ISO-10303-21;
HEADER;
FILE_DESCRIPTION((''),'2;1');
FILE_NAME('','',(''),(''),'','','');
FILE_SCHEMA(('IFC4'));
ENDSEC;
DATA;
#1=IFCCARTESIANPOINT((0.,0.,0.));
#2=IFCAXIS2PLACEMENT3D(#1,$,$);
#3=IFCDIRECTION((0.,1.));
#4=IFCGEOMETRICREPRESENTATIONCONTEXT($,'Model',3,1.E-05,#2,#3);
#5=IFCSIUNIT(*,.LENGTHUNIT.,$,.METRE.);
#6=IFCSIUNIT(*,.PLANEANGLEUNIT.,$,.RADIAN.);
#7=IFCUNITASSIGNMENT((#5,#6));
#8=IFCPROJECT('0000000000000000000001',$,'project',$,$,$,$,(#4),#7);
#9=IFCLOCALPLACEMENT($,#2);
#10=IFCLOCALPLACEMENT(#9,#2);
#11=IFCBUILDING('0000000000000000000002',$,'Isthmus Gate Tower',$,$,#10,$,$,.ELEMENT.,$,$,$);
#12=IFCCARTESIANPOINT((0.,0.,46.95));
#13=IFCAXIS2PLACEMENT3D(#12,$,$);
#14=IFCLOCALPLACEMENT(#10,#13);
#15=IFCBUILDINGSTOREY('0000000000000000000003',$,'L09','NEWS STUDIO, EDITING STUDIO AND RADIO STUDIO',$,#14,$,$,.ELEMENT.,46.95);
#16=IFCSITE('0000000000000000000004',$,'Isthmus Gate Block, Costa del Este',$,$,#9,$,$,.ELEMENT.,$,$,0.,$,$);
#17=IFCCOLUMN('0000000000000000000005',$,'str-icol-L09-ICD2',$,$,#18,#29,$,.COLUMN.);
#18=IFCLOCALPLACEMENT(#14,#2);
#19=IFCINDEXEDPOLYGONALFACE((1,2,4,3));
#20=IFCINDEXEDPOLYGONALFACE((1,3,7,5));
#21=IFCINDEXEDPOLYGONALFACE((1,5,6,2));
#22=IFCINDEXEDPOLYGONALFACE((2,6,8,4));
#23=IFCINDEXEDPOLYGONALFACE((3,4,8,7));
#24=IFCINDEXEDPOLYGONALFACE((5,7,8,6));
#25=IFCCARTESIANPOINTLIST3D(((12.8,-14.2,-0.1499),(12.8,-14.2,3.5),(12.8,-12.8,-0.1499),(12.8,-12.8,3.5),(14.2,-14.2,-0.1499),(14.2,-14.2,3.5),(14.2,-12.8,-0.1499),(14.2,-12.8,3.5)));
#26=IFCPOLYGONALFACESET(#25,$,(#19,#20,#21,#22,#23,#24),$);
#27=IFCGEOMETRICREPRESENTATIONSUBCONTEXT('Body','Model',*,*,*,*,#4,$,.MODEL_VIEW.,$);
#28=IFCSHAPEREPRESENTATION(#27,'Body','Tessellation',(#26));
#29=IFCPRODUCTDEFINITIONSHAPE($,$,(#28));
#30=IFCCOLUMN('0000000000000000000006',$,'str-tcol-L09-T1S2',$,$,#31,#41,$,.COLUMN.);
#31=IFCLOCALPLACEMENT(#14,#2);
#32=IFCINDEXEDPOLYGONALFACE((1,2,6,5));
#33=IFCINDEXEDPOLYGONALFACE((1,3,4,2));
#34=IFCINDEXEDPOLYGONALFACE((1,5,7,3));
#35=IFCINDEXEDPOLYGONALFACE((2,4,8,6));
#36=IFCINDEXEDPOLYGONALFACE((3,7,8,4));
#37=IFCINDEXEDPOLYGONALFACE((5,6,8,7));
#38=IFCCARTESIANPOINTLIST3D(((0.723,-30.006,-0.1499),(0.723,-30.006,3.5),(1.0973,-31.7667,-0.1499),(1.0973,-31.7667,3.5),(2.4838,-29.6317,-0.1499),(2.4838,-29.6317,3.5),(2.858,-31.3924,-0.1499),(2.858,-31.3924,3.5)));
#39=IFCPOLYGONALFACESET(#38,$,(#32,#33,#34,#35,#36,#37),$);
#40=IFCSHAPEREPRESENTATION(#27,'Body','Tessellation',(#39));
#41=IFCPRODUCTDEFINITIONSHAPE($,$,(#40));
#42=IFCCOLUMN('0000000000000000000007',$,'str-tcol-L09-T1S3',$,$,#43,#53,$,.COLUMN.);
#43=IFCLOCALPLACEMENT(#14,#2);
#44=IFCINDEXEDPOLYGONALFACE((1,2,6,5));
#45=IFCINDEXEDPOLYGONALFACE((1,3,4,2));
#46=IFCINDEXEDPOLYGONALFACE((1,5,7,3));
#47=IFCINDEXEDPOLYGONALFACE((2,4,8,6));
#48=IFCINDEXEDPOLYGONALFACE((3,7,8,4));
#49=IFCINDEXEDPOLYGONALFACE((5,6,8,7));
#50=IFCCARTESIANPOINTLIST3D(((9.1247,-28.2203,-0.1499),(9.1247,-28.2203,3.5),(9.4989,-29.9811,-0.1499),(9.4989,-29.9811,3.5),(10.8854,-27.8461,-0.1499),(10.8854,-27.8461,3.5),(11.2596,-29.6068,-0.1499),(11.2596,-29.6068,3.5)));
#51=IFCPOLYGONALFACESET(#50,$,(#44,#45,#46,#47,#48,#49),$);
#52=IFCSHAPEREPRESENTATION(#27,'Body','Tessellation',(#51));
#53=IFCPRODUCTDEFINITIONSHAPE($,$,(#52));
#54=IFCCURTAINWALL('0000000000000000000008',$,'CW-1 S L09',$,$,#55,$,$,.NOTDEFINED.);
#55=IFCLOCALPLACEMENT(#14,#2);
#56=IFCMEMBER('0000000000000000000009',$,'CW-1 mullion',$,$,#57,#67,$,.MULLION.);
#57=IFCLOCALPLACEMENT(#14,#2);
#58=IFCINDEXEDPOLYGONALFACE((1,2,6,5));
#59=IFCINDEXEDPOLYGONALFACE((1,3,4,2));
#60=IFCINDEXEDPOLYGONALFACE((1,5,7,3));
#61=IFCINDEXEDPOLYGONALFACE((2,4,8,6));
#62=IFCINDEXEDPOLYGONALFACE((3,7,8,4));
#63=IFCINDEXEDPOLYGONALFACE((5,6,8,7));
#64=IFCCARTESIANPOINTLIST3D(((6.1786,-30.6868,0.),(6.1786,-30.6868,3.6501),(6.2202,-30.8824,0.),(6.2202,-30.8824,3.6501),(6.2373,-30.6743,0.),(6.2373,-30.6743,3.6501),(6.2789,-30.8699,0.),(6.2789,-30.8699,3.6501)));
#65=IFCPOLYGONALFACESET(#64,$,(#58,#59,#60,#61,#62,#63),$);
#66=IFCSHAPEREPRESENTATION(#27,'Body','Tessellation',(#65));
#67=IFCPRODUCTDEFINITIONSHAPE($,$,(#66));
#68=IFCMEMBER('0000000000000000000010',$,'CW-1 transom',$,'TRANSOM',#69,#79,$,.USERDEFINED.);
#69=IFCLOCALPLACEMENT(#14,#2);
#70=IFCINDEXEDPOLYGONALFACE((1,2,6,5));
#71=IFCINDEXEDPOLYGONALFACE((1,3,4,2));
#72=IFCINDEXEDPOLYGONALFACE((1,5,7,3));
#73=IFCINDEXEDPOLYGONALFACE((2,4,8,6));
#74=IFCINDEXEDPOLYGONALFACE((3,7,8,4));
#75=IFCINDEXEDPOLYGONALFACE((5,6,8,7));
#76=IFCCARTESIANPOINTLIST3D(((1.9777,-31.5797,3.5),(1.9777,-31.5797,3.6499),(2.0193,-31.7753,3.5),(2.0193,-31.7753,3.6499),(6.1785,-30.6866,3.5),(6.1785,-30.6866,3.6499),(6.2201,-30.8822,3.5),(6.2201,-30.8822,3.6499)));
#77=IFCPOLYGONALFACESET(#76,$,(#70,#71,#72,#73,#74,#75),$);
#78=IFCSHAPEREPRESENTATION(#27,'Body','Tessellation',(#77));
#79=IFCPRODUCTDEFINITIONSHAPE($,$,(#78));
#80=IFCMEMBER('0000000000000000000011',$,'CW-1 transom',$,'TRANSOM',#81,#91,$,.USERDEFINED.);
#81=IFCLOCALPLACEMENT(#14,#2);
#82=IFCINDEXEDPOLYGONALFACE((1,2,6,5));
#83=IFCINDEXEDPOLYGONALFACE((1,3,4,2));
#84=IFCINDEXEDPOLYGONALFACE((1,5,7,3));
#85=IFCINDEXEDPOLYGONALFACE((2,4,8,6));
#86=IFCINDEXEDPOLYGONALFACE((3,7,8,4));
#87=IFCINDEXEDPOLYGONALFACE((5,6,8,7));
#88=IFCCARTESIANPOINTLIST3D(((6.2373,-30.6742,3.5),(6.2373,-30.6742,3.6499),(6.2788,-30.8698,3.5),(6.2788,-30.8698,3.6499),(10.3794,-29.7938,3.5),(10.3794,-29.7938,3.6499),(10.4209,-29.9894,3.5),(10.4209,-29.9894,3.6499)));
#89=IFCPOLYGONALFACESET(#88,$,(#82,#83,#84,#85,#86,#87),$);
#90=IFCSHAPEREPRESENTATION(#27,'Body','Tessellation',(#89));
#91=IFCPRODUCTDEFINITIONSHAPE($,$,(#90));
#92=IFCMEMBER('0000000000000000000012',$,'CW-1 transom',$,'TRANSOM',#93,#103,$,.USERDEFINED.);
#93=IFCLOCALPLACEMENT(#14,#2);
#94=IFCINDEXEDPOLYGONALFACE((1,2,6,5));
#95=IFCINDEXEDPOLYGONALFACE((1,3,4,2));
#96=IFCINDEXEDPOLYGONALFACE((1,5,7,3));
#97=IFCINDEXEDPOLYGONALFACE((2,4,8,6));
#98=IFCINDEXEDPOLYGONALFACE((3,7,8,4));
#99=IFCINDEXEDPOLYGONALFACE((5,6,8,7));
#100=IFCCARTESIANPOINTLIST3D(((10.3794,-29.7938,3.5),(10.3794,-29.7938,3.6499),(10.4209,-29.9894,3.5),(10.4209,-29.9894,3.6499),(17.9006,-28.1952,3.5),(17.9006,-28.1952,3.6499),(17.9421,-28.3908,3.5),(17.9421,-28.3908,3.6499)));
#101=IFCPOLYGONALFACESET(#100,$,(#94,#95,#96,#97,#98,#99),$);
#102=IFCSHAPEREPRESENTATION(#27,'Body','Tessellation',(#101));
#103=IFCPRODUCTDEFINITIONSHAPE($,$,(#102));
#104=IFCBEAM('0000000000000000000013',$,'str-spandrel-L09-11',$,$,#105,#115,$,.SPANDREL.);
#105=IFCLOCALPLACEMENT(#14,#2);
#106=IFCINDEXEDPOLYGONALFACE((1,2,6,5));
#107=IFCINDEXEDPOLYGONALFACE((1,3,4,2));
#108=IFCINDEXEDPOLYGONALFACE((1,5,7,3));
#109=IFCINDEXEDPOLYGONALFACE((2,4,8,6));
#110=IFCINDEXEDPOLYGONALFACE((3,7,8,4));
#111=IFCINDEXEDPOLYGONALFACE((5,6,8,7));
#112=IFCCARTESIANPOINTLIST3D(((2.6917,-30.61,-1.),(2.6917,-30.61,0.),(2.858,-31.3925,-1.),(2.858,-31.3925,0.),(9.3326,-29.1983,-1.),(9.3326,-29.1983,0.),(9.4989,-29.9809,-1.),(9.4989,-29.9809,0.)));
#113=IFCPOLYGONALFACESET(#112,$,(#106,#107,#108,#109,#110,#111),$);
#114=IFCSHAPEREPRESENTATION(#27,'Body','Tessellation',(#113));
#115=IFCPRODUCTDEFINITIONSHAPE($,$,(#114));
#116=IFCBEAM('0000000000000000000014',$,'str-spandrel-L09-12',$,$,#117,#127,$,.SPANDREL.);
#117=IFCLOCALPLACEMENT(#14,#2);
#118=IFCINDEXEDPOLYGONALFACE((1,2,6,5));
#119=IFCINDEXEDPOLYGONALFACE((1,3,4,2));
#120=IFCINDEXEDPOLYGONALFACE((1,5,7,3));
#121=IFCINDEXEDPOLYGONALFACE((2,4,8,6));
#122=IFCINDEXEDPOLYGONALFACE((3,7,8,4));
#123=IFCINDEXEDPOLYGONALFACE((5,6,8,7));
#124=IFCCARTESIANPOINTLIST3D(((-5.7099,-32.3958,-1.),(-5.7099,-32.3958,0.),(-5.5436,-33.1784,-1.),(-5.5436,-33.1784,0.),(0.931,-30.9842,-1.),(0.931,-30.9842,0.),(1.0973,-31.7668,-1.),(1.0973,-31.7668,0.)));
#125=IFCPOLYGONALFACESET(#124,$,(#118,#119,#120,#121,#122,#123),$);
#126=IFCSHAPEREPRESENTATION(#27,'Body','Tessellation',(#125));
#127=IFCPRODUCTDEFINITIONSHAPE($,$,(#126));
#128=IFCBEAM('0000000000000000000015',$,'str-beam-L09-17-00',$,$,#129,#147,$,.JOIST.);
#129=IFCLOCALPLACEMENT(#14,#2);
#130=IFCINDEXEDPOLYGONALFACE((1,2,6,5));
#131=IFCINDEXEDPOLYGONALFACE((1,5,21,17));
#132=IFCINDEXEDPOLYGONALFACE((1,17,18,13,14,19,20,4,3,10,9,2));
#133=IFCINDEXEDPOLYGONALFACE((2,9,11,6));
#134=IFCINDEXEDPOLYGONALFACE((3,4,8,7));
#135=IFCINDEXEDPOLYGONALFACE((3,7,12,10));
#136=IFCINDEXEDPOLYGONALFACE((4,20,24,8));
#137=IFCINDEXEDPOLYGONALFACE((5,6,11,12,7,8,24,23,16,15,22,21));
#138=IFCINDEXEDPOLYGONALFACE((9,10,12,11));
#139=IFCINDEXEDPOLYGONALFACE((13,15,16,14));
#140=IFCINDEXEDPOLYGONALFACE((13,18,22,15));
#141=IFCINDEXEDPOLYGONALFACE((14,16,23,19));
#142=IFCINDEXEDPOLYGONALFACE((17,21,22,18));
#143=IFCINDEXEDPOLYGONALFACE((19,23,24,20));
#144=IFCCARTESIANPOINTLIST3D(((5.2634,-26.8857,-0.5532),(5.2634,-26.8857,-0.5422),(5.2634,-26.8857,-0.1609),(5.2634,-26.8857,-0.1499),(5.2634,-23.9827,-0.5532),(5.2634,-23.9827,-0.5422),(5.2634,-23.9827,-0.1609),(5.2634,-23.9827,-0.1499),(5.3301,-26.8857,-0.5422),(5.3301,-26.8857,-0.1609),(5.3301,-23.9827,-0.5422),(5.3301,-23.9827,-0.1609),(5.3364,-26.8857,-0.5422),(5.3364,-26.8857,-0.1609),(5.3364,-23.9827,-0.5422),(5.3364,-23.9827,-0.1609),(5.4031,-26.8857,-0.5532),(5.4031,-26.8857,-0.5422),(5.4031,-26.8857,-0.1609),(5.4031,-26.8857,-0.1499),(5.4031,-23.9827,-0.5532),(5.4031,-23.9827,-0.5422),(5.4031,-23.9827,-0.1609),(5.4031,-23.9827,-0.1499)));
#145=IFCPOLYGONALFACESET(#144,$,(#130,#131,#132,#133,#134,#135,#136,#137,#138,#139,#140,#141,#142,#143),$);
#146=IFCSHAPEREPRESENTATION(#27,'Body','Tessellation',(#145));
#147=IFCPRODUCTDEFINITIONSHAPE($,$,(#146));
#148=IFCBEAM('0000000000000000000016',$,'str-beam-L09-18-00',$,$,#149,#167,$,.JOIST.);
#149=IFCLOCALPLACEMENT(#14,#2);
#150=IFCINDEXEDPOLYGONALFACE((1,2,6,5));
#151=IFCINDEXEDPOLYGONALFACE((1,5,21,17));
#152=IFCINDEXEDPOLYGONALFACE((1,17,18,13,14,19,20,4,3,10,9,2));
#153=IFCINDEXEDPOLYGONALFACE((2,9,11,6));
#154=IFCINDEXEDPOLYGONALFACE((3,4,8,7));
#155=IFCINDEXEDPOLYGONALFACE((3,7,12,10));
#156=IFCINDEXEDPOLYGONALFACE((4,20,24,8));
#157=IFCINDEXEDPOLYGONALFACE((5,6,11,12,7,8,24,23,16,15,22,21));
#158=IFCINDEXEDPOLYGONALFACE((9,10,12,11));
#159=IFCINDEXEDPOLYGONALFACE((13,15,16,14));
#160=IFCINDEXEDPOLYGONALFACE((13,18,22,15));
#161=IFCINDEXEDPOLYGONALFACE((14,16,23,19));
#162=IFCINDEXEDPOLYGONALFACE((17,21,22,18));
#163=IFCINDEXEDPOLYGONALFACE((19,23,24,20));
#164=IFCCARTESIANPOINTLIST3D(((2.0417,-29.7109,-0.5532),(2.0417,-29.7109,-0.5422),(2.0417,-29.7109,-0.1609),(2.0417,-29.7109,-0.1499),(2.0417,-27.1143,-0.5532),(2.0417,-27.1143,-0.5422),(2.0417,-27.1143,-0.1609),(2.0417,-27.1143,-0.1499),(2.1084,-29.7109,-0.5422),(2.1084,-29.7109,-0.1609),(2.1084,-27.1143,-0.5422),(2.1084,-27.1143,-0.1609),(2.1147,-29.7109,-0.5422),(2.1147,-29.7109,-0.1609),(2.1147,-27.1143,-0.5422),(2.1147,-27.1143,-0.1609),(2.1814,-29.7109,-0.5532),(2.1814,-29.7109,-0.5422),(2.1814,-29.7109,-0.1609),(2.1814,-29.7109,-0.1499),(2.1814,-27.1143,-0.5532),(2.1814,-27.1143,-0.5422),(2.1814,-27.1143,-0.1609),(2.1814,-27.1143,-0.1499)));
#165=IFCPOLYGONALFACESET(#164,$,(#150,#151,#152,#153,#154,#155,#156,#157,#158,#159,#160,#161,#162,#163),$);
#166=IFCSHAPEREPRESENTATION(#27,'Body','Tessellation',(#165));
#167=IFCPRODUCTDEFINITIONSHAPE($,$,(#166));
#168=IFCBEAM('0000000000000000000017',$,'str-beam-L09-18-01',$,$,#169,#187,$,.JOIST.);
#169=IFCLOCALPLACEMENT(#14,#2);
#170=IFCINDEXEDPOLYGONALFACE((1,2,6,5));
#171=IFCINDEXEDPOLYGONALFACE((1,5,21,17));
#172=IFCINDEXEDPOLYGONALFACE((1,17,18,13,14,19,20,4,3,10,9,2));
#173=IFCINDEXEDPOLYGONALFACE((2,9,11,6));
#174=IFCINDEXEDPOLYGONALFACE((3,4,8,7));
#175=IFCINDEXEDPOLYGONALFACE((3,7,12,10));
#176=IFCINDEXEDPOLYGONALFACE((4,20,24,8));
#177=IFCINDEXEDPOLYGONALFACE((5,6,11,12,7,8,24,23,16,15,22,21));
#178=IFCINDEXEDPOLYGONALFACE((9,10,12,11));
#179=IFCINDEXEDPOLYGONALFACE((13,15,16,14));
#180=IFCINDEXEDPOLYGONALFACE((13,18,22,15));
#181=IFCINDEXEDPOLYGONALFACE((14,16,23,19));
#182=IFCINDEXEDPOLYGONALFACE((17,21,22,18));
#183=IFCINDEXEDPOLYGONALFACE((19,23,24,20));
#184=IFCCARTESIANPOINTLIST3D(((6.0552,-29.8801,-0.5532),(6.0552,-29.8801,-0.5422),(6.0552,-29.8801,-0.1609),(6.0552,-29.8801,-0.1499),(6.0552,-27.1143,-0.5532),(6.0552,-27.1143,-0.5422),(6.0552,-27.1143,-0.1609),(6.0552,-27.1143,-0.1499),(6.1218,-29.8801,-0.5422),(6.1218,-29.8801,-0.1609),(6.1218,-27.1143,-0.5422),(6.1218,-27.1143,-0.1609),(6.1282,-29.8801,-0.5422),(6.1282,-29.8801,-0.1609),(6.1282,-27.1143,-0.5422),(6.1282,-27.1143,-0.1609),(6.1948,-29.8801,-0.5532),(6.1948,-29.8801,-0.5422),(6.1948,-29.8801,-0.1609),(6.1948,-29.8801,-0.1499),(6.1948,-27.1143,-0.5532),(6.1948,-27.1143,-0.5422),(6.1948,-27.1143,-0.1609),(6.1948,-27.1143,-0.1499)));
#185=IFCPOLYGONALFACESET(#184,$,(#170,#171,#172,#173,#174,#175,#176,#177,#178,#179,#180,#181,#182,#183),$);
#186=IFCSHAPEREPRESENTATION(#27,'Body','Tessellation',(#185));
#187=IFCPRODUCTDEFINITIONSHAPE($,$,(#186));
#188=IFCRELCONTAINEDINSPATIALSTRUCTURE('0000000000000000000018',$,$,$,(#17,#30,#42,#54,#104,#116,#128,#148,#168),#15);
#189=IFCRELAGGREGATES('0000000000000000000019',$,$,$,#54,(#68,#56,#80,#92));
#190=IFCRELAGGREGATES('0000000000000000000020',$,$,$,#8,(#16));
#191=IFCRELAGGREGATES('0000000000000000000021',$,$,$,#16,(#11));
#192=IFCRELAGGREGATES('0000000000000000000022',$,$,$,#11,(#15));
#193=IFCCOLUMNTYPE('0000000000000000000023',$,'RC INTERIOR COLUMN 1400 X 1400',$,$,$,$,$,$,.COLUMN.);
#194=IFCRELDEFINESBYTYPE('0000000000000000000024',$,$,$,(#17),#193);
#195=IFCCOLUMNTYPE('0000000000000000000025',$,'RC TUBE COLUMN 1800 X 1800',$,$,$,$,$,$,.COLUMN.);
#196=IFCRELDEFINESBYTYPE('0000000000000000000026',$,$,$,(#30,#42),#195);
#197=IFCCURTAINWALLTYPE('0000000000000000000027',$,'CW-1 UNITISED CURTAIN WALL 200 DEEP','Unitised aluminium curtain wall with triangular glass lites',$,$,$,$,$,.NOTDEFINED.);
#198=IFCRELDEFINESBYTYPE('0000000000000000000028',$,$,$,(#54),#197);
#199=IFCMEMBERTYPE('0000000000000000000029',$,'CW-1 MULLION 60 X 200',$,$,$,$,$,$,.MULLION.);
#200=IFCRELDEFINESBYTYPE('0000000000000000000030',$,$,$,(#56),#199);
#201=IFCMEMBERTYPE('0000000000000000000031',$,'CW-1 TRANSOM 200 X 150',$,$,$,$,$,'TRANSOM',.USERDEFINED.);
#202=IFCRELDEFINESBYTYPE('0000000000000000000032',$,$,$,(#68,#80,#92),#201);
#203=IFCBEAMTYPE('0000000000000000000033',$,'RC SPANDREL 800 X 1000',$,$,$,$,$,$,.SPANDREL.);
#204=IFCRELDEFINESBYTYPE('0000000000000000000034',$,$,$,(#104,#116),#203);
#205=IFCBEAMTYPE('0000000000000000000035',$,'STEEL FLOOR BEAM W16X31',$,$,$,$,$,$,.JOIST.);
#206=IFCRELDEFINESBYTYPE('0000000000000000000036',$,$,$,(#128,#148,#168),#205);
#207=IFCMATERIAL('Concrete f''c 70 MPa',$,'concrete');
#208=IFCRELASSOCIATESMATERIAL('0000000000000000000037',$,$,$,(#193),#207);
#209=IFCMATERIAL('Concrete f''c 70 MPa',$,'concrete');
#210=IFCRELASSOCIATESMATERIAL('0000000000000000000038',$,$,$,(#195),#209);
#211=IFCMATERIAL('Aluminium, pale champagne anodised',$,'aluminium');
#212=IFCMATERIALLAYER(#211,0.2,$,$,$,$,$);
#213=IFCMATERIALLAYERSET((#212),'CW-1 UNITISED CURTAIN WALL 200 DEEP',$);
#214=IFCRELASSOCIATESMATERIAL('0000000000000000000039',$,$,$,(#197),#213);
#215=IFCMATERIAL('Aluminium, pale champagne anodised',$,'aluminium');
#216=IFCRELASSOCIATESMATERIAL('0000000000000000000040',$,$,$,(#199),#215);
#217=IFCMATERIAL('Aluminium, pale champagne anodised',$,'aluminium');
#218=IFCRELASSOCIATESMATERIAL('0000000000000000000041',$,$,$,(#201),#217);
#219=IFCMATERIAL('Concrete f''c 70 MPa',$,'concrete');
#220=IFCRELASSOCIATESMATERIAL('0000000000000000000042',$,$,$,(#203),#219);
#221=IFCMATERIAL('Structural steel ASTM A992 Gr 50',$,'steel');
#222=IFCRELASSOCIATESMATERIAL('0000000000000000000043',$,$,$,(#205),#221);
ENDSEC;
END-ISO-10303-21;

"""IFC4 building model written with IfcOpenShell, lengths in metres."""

from ifc_helpers import new_model, si_unit, direction, frame, origin, origin_2d, place, context, subcontext, project, spatial, rectangle, i_section, extrude, material, layer, layer_set, material_profile, profile_set, type_object, element, aggregate, save


model = new_model("IFC4")

# Units and contexts
model_context = context("Model", 3, precision=1e-05, world=origin(), true_north=direction((0.0, 1.0)))
body_context = subcontext(model_context, "Body", "Model", "MODEL_VIEW")
ifc_project = project(units=[si_unit("LENGTHUNIT", "METRE"), si_unit("PLANEANGLEUNIT", "RADIAN")], contexts=[model_context])

# Site, building, storey
site_placement = place(None, origin())
site = spatial("IfcSite", under=ifc_project, at=site_placement, Name="Isthmus Gate Block, Costa del Este", CompositionType="ELEMENT", RefElevation=0.0)
building_placement = place(site_placement, origin())
building = spatial("IfcBuilding", under=site, at=building_placement, Name="Isthmus Gate Tower", CompositionType="ELEMENT")
storey_placement = place(building_placement, frame((0.0, 0.0, 46.95)))
storey = spatial("IfcBuildingStorey", under=building, at=storey_placement, Name="L09", Description="NEWS STUDIO, EDITING STUDIO AND RADIO STUDIO", CompositionType="ELEMENT", Elevation=46.95)

# Columns
ifc_material_1 = material(Name="Concrete f'c 70 MPa", Category="concrete")
ifc_material_profile_1 = material_profile(ifc_material_1, rectangle(XDim=1.3999, YDim=1.3999, at=origin_2d()), Name="RC 1400X1400")
ifc_profile_set_1 = profile_set([ifc_material_profile_1], Name="Concrete f'c 70 MPa")
column_type_1 = type_object("IfcColumnType", Name="RC INTERIOR COLUMN 1400 X 1400", PredefinedType="COLUMN", material=ifc_profile_set_1)
column_placement = place(storey_placement, frame((13.5, -13.5, -0.1499), z_axis=(0.0, 0.0, 1.0), x_axis=(1.0, 0.0, 0.0)))
element("IfcColumn", 1, at=column_placement, inside=storey, type_object=column_type_1, Name="str-icol-L09-ICD2", PredefinedType="COLUMN", context=body_context, shape_type="SweptSolid", body=[
    extrude(rectangle(XDim=1.3999, YDim=1.3999, at=origin_2d()), origin(), (0.0, 0.0, 1.0), 3.6499),
])
ifc_material_2 = material(Name="Concrete f'c 70 MPa", Category="concrete")
ifc_material_profile_2 = material_profile(ifc_material_2, rectangle(XDim=1.8, YDim=1.8, at=origin_2d()), Name="RC 1800X1800")
ifc_profile_set_2 = profile_set([ifc_material_profile_2], Name="Concrete f'c 70 MPa")
column_type_2 = type_object("IfcColumnType", Name="RC TUBE COLUMN 1800 X 1800", PredefinedType="COLUMN", material=ifc_profile_set_2)
for number, where, z_axis, x_axis, name in (
    (2, (1.7905, -30.6992, -0.1499), (0.0, 0.0, 1.0), (0.978148, 0.207912, 0.0), "str-tcol-L09-T1S2"),
    (3, (10.1921, -28.9136, -0.1499), (0.0, 0.0, 1.0), (0.978148, 0.207912, 0.0), "str-tcol-L09-T1S3"),
):
    element("IfcColumn", number, at=place(storey_placement, frame(where, z_axis=z_axis, x_axis=x_axis)), inside=storey, type_object=column_type_2, Name=name, PredefinedType="COLUMN", context=body_context, shape_type="SweptSolid", body=[
        extrude(rectangle(XDim=1.8, YDim=1.8, at=origin_2d()), origin(), (0.0, 0.0, 1.0), 3.6499),
    ])

# Curtain wall, members
ifc_material_3 = material(Name="Aluminium, pale champagne anodised", Category="aluminium")
ifc_layer_1 = layer(ifc_material_3, 0.2)
ifc_layer_set_1 = layer_set([ifc_layer_1], Name="CW-1 UNITISED CURTAIN WALL 200 DEEP")
curtain_wall_type = type_object("IfcCurtainWallType", Name="CW-1 UNITISED CURTAIN WALL 200 DEEP", Description="Unitised aluminium curtain wall with triangular glass lites", PredefinedType="NOTDEFINED", material=ifc_layer_set_1)
curtain_wall_placement = place(storey_placement, origin())
curtain_wall = element("IfcCurtainWall", 4, at=curtain_wall_placement, inside=storey, type_object=curtain_wall_type, Name="CW-1 S L09", PredefinedType="NOTDEFINED")
ifc_material_4 = material(Name="Aluminium, pale champagne anodised", Category="aluminium")
ifc_material_profile_3 = material_profile(ifc_material_4, rectangle(XDim=0.0601, YDim=0.2, at=origin_2d()), Name="60x200")
ifc_profile_set_3 = profile_set([ifc_material_profile_3], Name="Aluminium, pale champagne anodised")
member_type_1 = type_object("IfcMemberType", Name="CW-1 MULLION 60 X 200", PredefinedType="MULLION", material=ifc_profile_set_3)
member_1_placement = place(storey_placement, frame((6.2288, -30.7783, 0.0), z_axis=(0.0, 0.0, 1.0), x_axis=(0.978148, 0.207912, 0.0)))
member_1 = element("IfcMember", 5, at=member_1_placement, type_object=member_type_1, Name="CW-1 mullion", PredefinedType="MULLION", context=body_context, shape_type="SweptSolid", body=[
    extrude(rectangle(XDim=0.0601, YDim=0.2, at=origin_2d()), origin(), (0.0, 0.0, 1.0), 3.6501),
])
ifc_material_5 = material(Name="Aluminium, pale champagne anodised", Category="aluminium")
ifc_material_profile_4 = material_profile(ifc_material_5, rectangle(XDim=0.2, YDim=0.1499, at=origin_2d()), Name="200x150")
ifc_profile_set_4 = profile_set([ifc_material_profile_4], Name="Aluminium, pale champagne anodised")
member_type_2 = type_object("IfcMemberType", Name="CW-1 TRANSOM 200 X 150", ElementType="TRANSOM", PredefinedType="USERDEFINED", material=ifc_profile_set_4)
member_2_placement = place(storey_placement, frame((1.9985, -31.6775, 3.575), z_axis=(0.978139, 0.207953, 0.0), x_axis=(-0.207953, 0.978139, 0.0)))
member_2 = element("IfcMember", 6, at=member_2_placement, type_object=member_type_2, Name="CW-1 transom", ObjectType="TRANSOM", PredefinedType="USERDEFINED", context=body_context, shape_type="SweptSolid", body=[
    extrude(rectangle(XDim=0.2, YDim=0.1499, at=origin_2d()), origin(), (0.0, 0.0, 1.0), 4.2947),
])
member_3_placement = place(storey_placement, frame((6.2581, -30.772, 3.575), z_axis=(0.97815, 0.207899, 0.0), x_axis=(-0.207899, 0.97815, 0.0)))
member_3 = element("IfcMember", 7, at=member_3_placement, type_object=member_type_2, Name="CW-1 transom", ObjectType="TRANSOM", PredefinedType="USERDEFINED", context=body_context, shape_type="SweptSolid", body=[
    extrude(rectangle(XDim=0.2, YDim=0.1499, at=origin_2d()), origin(), (0.0, 0.0, 1.0), 4.2346),
])
member_4_placement = place(storey_placement, frame((10.4001, -29.8916, 3.575), z_axis=(0.978149, 0.207905, 0.0), x_axis=(-0.207905, 0.978149, 0.0)))
member_4 = element("IfcMember", 8, at=member_4_placement, type_object=member_type_2, Name="CW-1 transom", ObjectType="TRANSOM", PredefinedType="USERDEFINED", context=body_context, shape_type="SweptSolid", body=[
    extrude(rectangle(XDim=0.2, YDim=0.1499, at=origin_2d()), origin(), (0.0, 0.0, 1.0), 7.6892),
])

# Beams
ifc_material_6 = material(Name="Concrete f'c 70 MPa", Category="concrete")
ifc_material_profile_5 = material_profile(ifc_material_6, rectangle(XDim=0.8, YDim=1.0, at=origin_2d()), Name="RC 800X1000")
ifc_profile_set_5 = profile_set([ifc_material_profile_5], Name="Concrete f'c 70 MPa")
beam_type_1 = type_object("IfcBeamType", Name="RC SPANDREL 800 X 1000", PredefinedType="SPANDREL", material=ifc_profile_set_5)
for number, where, z_axis, x_axis, name in (
    (9, (9.4158, -29.5896, -0.5), (-0.978146, -0.20792, 0.0), (0.20792, -0.978146, 0.0), "str-spandrel-L09-11"),
    (10, (1.0142, -31.3755, -0.5), (-0.978146, -0.20792, 0.0), (0.20792, -0.978146, 0.0), "str-spandrel-L09-12"),
):
    element("IfcBeam", number, at=place(storey_placement, frame(where, z_axis=z_axis, x_axis=x_axis)), inside=storey, type_object=beam_type_1, Name=name, PredefinedType="SPANDREL", context=body_context, shape_type="SweptSolid", body=[
        extrude(rectangle(XDim=0.8, YDim=1.0, at=origin_2d()), origin(), (0.0, 0.0, 1.0), 6.7893),
    ])
ifc_material_7 = material(Name="Structural steel ASTM A992 Gr 50", Category="steel")
ifc_material_profile_6 = material_profile(ifc_material_7, i_section(OverallWidth=0.1396, OverallDepth=0.4033, WebThickness=0.0063, FlangeThickness=0.011, at=origin_2d()), Name="W16X31")
ifc_profile_set_6 = profile_set([ifc_material_profile_6], Name="Structural steel ASTM A992 Gr 50")
beam_type_2 = type_object("IfcBeamType", Name="STEEL FLOOR BEAM W16X31", PredefinedType="JOIST", material=ifc_profile_set_6)
beam_1_placement = place(storey_placement, frame((5.3333, -26.8857, -0.3516), z_axis=(0.0, 1.0, 0.0), x_axis=(-1.0, 0.0, 0.0)))
element("IfcBeam", 11, at=beam_1_placement, inside=storey, type_object=beam_type_2, Name="str-beam-L09-17-00", PredefinedType="JOIST", context=body_context, shape_type="SweptSolid", body=[
    extrude(i_section(OverallWidth=0.1396, OverallDepth=0.4033, WebThickness=0.0063, FlangeThickness=0.011, at=origin_2d()), origin(), (0.0, 0.0, 1.0), 2.9031),
])
beam_2_placement = place(storey_placement, frame((2.1116, -29.7109, -0.3516), z_axis=(0.0, 1.0, 0.0), x_axis=(-1.0, 0.0, 0.0)))
element("IfcBeam", 12, at=beam_2_placement, inside=storey, type_object=beam_type_2, Name="str-beam-L09-18-00", PredefinedType="JOIST", context=body_context, shape_type="SweptSolid", body=[
    extrude(i_section(OverallWidth=0.1396, OverallDepth=0.4033, WebThickness=0.0063, FlangeThickness=0.011, at=origin_2d()), origin(), (0.0, 0.0, 1.0), 2.5967),
])
beam_3_placement = place(storey_placement, frame((6.125, -29.8801, -0.3516), z_axis=(0.0, 1.0, 0.0), x_axis=(-1.0, 0.0, 0.0)))
element("IfcBeam", 13, at=beam_3_placement, inside=storey, type_object=beam_type_2, Name="str-beam-L09-18-01", PredefinedType="JOIST", context=body_context, shape_type="SweptSolid", body=[
    extrude(i_section(OverallWidth=0.1396, OverallDepth=0.4033, WebThickness=0.0063, FlangeThickness=0.011, at=origin_2d()), origin(), (0.0, 0.0, 1.0), 2.7659),
])

aggregate(curtain_wall, [member_2, member_1, member_3, member_4])

save(model, "model.ifc")
